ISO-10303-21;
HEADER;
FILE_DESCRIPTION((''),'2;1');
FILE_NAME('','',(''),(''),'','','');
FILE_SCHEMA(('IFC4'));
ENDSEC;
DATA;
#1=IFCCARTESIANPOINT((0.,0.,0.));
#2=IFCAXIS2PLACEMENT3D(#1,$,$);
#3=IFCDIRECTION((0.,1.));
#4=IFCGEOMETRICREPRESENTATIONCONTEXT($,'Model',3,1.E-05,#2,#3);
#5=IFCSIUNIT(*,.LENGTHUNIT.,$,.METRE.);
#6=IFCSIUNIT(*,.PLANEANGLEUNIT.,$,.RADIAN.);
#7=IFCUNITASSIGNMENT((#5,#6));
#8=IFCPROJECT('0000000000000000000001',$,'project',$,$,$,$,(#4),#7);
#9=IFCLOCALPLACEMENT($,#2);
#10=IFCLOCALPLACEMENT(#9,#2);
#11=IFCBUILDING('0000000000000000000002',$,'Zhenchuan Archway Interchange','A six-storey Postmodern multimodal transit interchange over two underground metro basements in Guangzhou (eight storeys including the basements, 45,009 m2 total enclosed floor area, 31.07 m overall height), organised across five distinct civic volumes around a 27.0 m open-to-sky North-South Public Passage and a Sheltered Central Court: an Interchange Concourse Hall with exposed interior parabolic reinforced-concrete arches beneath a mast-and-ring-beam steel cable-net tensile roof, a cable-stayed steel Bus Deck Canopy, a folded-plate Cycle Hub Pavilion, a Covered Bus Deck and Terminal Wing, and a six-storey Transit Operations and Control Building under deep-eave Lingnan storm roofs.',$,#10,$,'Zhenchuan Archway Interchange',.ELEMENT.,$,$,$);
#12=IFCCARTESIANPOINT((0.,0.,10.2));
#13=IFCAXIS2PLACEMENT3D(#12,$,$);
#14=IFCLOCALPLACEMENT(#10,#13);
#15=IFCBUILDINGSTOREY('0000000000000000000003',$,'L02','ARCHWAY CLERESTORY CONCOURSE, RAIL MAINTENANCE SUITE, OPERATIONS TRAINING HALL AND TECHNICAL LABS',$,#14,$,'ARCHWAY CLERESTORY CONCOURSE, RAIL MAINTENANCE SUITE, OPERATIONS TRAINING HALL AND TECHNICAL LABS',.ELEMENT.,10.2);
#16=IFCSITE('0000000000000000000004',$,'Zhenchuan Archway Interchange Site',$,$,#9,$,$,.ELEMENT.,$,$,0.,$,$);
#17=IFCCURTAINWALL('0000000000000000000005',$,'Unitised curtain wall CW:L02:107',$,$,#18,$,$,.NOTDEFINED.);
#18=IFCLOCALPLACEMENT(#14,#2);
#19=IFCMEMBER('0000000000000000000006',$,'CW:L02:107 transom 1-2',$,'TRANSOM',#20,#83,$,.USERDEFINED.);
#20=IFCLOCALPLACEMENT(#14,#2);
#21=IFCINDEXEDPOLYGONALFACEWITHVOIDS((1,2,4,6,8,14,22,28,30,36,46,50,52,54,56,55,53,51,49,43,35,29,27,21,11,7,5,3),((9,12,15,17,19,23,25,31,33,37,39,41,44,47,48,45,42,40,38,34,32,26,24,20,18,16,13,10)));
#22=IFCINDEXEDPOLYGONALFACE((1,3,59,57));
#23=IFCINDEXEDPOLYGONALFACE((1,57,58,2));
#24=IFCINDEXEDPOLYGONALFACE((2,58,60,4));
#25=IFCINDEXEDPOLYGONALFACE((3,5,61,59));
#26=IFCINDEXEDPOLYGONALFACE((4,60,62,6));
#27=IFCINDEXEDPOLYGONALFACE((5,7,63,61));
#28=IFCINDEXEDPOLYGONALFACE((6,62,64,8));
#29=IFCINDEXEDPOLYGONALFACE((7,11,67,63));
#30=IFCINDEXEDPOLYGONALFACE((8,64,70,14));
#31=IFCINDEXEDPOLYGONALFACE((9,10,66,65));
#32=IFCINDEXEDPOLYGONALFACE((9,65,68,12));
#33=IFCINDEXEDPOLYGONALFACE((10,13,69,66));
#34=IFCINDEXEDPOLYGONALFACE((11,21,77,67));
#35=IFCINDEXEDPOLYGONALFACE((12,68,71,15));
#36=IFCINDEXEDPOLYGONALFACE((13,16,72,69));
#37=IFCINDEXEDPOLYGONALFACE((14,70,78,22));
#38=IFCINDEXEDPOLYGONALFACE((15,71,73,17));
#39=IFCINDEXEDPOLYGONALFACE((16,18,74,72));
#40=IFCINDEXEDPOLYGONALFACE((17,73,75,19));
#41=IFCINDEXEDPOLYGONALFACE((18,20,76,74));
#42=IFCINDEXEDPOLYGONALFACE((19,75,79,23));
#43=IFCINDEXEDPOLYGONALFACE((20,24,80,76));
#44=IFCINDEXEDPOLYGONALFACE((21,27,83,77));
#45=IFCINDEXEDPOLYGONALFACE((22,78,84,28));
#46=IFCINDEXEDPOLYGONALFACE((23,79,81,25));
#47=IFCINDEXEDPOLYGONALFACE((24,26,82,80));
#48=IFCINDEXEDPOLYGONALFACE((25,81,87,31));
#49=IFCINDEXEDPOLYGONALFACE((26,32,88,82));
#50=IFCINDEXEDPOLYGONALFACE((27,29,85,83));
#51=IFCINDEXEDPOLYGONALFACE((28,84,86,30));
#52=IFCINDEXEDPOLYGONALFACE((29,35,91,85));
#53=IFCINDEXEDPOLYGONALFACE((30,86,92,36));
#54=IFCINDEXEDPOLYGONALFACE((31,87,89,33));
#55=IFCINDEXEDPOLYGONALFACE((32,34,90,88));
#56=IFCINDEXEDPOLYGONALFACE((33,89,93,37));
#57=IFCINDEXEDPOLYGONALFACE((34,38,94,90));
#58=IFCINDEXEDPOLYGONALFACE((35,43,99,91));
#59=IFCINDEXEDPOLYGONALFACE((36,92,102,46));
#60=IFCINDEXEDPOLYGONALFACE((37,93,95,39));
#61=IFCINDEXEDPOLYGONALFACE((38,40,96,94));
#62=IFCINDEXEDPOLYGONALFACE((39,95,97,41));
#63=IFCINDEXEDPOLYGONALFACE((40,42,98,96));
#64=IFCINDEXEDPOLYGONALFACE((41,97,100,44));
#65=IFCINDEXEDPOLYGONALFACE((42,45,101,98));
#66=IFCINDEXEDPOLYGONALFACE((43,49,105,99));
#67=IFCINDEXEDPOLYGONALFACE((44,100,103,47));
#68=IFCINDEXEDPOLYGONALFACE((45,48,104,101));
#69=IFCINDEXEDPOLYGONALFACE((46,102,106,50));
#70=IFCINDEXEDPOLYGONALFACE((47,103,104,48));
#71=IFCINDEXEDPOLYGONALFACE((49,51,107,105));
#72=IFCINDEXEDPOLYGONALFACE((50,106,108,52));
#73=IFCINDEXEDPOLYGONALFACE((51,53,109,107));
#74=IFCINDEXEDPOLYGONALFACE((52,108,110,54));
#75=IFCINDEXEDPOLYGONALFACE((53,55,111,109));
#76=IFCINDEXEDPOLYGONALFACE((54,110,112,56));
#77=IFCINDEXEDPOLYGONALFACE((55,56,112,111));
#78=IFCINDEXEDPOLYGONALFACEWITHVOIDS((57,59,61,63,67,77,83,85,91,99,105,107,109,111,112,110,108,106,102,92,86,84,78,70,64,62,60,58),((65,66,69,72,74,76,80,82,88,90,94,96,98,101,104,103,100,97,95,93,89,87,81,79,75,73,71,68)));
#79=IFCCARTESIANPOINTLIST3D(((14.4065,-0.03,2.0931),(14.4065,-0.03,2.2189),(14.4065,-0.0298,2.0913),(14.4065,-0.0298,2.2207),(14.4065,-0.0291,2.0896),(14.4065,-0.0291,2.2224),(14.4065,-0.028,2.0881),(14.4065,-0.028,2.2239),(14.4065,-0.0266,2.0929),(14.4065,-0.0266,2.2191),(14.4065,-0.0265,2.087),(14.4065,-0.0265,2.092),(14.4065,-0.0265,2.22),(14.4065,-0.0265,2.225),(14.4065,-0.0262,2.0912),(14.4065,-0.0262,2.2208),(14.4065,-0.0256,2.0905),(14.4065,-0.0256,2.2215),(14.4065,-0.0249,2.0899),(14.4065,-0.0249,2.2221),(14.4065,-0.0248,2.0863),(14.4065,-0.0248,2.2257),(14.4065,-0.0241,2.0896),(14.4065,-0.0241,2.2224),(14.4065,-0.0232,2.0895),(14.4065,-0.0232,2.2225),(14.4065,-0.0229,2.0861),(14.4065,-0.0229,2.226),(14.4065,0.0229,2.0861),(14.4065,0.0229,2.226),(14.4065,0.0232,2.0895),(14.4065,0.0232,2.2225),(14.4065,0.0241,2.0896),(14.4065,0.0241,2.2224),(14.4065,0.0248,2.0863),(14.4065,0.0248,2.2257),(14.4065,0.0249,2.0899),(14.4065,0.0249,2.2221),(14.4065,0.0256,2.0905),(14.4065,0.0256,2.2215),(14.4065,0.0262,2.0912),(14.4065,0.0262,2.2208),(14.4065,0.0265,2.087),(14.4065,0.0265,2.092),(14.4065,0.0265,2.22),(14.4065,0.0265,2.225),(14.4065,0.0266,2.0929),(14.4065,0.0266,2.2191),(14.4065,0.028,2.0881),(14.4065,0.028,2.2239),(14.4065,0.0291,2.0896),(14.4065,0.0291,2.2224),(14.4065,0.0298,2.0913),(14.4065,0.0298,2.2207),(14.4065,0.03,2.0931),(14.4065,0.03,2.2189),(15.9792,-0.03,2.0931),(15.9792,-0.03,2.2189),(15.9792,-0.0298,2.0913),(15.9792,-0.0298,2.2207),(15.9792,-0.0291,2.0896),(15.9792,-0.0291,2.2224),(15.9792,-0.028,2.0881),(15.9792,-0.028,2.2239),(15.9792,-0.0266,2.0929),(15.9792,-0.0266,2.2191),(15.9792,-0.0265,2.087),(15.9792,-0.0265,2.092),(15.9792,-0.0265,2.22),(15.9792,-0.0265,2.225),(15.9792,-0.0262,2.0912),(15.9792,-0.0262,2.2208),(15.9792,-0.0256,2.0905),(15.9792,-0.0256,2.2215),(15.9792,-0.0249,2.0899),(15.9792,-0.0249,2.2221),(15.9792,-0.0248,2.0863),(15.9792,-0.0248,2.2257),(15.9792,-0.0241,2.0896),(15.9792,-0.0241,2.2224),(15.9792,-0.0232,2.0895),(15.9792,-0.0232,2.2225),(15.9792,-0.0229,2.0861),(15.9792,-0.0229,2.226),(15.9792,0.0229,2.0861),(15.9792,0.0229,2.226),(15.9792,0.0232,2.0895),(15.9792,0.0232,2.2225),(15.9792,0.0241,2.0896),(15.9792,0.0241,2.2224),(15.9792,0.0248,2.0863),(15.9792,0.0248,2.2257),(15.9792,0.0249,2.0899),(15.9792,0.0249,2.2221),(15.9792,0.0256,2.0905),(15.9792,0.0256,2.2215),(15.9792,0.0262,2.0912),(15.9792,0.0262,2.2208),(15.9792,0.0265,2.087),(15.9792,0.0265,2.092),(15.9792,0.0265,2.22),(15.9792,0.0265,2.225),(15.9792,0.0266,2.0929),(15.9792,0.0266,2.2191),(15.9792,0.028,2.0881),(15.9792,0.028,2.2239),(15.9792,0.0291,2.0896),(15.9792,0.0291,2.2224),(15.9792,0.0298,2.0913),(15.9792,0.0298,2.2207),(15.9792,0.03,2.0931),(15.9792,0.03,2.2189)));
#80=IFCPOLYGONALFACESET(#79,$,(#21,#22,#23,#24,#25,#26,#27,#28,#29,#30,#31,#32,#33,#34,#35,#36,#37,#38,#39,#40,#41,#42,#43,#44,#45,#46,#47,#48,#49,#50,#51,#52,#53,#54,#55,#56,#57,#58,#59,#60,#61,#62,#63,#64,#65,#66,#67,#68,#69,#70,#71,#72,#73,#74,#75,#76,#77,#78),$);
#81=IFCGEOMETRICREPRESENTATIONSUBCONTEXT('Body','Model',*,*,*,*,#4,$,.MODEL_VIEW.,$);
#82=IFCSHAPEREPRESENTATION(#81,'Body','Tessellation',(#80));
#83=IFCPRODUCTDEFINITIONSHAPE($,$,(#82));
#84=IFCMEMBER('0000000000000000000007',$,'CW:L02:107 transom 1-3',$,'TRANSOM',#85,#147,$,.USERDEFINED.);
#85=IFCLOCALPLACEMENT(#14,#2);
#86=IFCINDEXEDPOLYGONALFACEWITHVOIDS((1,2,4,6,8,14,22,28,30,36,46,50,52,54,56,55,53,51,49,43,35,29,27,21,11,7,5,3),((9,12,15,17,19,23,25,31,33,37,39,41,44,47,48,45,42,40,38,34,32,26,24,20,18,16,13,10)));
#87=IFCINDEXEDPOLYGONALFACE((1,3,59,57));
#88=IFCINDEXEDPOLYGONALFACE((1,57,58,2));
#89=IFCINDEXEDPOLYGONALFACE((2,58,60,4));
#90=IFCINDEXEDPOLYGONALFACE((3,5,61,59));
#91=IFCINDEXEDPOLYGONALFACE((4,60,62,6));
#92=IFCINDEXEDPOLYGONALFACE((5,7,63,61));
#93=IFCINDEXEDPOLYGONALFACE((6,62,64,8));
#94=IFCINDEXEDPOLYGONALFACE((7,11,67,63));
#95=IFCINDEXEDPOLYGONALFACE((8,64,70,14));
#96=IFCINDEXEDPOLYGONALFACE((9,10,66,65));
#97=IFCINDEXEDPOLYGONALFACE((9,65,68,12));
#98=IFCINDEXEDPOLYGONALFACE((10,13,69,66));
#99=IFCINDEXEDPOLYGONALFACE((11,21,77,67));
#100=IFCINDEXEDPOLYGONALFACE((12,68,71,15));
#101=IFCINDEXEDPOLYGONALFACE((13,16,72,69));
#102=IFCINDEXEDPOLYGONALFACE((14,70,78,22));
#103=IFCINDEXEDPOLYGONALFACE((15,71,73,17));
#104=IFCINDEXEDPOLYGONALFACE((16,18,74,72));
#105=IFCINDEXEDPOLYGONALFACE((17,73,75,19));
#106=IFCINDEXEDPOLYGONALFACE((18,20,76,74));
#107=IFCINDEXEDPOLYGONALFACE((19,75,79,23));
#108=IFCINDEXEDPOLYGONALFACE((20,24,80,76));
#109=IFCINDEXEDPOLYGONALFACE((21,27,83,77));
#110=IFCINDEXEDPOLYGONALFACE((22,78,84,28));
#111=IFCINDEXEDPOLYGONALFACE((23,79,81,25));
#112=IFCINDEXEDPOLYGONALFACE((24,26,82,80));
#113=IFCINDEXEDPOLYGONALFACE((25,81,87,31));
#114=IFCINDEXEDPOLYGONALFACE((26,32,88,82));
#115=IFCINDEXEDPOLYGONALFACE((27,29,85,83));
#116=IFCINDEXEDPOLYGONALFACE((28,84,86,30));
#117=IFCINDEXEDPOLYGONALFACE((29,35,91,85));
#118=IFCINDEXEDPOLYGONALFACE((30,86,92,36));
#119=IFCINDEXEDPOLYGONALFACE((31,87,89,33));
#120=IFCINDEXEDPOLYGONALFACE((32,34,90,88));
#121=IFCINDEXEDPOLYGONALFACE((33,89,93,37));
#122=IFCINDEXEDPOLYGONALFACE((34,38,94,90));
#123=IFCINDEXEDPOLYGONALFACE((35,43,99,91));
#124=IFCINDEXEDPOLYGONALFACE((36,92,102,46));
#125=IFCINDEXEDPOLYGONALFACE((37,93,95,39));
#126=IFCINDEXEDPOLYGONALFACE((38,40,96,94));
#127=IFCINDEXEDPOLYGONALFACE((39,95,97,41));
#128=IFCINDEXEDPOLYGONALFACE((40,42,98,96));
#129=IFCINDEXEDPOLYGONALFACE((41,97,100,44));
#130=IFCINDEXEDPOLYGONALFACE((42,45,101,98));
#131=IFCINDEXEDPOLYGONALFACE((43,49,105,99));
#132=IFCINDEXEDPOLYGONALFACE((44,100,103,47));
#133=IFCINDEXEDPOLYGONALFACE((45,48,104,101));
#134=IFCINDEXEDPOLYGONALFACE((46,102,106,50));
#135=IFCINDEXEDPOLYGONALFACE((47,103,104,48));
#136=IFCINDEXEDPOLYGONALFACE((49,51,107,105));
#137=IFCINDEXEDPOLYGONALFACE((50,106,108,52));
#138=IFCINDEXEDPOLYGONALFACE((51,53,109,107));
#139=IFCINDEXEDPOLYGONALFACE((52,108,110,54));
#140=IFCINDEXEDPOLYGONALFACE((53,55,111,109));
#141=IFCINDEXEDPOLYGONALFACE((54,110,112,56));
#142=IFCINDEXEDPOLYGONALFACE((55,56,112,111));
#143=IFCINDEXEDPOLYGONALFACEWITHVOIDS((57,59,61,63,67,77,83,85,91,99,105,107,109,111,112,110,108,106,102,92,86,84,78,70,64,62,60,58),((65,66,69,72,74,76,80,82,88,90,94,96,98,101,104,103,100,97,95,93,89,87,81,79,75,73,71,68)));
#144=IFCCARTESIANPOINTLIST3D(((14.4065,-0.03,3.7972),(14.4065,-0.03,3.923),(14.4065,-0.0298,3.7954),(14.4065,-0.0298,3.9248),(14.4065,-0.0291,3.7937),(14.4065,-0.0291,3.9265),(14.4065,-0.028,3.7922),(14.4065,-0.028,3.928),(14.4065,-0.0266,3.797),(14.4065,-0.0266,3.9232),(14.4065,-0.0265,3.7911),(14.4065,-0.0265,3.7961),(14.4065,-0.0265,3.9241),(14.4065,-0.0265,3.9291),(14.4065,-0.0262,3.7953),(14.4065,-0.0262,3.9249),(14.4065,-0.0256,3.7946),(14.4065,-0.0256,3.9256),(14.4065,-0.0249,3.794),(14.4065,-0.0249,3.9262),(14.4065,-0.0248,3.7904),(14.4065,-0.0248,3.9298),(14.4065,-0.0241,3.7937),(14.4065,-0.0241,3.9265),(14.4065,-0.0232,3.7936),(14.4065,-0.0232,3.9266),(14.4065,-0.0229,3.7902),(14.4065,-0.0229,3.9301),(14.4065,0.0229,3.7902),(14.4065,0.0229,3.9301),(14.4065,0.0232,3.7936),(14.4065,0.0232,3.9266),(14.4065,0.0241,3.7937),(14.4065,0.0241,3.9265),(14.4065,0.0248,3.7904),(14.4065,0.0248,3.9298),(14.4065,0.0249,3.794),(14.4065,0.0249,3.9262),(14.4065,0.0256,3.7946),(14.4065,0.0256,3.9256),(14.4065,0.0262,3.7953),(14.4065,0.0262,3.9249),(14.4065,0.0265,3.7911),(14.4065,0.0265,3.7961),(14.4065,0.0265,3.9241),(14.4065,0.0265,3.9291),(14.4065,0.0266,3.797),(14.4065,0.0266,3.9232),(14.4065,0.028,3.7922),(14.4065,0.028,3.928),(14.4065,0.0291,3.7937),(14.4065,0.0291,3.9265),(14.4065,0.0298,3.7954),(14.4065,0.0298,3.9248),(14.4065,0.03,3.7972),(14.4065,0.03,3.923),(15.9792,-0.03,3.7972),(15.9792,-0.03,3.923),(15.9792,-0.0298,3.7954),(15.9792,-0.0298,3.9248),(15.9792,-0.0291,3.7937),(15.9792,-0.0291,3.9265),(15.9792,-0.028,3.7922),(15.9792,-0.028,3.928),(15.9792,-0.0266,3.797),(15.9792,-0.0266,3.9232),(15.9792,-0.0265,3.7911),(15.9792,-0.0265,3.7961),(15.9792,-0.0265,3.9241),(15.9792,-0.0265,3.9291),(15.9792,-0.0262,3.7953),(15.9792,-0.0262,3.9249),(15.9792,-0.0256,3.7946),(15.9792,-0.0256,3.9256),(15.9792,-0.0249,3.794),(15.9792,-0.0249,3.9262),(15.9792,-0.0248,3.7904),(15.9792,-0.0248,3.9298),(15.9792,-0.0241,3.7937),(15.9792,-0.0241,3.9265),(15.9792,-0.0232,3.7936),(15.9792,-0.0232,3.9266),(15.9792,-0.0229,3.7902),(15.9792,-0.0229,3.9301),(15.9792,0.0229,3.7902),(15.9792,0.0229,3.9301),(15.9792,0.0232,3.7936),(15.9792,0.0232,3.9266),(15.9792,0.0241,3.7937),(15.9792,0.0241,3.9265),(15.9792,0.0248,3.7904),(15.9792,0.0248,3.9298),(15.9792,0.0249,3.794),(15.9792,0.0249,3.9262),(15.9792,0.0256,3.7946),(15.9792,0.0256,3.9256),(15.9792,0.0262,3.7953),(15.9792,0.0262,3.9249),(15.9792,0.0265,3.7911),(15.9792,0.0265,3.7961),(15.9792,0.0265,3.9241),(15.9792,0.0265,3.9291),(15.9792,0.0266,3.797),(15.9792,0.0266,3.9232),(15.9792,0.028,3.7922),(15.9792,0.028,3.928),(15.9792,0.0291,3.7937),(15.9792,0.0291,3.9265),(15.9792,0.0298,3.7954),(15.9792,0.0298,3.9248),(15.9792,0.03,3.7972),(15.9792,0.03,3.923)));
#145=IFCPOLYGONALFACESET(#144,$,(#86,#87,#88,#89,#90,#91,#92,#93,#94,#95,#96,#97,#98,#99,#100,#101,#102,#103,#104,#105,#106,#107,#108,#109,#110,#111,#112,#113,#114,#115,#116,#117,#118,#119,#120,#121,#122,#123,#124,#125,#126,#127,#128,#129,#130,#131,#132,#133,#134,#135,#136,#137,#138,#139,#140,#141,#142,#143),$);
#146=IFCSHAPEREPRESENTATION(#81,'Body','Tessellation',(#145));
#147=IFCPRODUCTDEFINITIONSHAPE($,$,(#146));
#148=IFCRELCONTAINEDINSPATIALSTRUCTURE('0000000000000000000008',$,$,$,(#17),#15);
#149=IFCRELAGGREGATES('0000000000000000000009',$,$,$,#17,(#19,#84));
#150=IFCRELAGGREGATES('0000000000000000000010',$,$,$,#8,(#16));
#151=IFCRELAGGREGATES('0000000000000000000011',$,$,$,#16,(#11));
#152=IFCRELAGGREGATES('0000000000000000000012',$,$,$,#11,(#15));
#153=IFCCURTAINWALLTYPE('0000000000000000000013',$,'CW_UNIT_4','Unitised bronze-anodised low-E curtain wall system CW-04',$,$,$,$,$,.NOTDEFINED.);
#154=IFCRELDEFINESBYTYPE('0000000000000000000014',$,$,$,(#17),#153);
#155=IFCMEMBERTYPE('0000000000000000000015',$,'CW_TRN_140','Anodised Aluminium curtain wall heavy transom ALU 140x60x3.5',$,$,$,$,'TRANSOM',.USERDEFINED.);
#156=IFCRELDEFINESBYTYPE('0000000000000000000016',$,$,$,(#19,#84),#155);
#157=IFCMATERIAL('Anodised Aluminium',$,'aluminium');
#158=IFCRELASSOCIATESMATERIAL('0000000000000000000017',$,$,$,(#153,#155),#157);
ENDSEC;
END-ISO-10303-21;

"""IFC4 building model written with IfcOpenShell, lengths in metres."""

from ifc_helpers import new_model, si_unit, direction, frame, origin, origin_2d, place, context, subcontext, project, spatial, hollow_rectangle, extrude, material, material_profile, profile_set, type_object, element, aggregate, save


model = new_model("IFC4")

# Units and contexts
model_context = context("Model", 3, precision=1e-05, world=origin(), true_north=direction((0.0, 1.0)))
body_context = subcontext(model_context, "Body", "Model", "MODEL_VIEW")
ifc_project = project(units=[si_unit("LENGTHUNIT", "METRE"), si_unit("PLANEANGLEUNIT", "RADIAN")], contexts=[model_context])

# Site, building, storey
site_placement = place(None, origin())
site = spatial("IfcSite", under=ifc_project, at=site_placement, Name="Zhenchuan Archway Interchange Site", CompositionType="ELEMENT", RefElevation=0.0)
building_placement = place(site_placement, origin())
building = spatial("IfcBuilding", under=site, at=building_placement, Name="Zhenchuan Archway Interchange", Description="A six-storey Postmodern multimodal transit interchange over two underground metro basements in Guangzhou (eight storeys including the basements, 45,009 m2 total enclosed floor area, 31.07 m overall height), organised across five distinct civic volumes around a 27.0 m open-to-sky North-South Public Passage and a Sheltered Central Court: an Interchange Concourse Hall with exposed interior parabolic reinforced-concrete arches beneath a mast-and-ring-beam steel cable-net tensile roof, a cable-stayed steel Bus Deck Canopy, a folded-plate Cycle Hub Pavilion, a Covered Bus Deck and Terminal Wing, and a six-storey Transit Operations and Control Building under deep-eave Lingnan storm roofs.", LongName="Zhenchuan Archway Interchange", CompositionType="ELEMENT")
storey_placement = place(building_placement, frame((0.0, 0.0, 10.2)))
storey = spatial("IfcBuildingStorey", under=building, at=storey_placement, Name="L02", Description="ARCHWAY CLERESTORY CONCOURSE, RAIL MAINTENANCE SUITE, OPERATIONS TRAINING HALL AND TECHNICAL LABS", LongName="ARCHWAY CLERESTORY CONCOURSE, RAIL MAINTENANCE SUITE, OPERATIONS TRAINING HALL AND TECHNICAL LABS", CompositionType="ELEMENT", Elevation=10.2)

# Curtain wall, members
ifc_material_1 = material(Name="Anodised Aluminium", Category="aluminium")
curtain_wall_type = type_object("IfcCurtainWallType", Name="CW_UNIT_4", Description="Unitised bronze-anodised low-E curtain wall system CW-04", PredefinedType="NOTDEFINED", material=ifc_material_1)
curtain_wall_placement = place(storey_placement, origin())
curtain_wall = element("IfcCurtainWall", 1, at=curtain_wall_placement, inside=storey, type_object=curtain_wall_type, Name="Unitised curtain wall CW:L02:107", PredefinedType="NOTDEFINED")
ifc_material_profile_1 = material_profile(ifc_material_1, hollow_rectangle(XDim=0.0601, YDim=0.1399, WallThickness=0.0034, InnerFilletRadius=0.0034, OuterFilletRadius=0.0071, at=origin_2d()), Name="ALU 140x60x3.5")
ifc_profile_set_1 = profile_set([ifc_material_profile_1], Name="Anodised Aluminium")
member_type_1 = type_object("IfcMemberType", Name="CW_TRN_140", Description="Anodised Aluminium curtain wall heavy transom ALU 140x60x3.5", ElementType="TRANSOM", PredefinedType="USERDEFINED", material=ifc_profile_set_1)
member_1_placement = place(storey_placement, frame((15.9792, 0.0, 2.156), z_axis=(-1.0, 0.0, 0.0), x_axis=(0.0, -1.0, 0.0)))
member_1 = element("IfcMember", 2, at=member_1_placement, type_object=member_type_1, Name="CW:L02:107 transom 1-2", ObjectType="TRANSOM", PredefinedType="USERDEFINED", context=body_context, shape_type="SweptSolid", body=[
    extrude(hollow_rectangle(XDim=0.0601, YDim=0.1399, WallThickness=0.0034, InnerFilletRadius=0.0034, OuterFilletRadius=0.0071, at=origin_2d()), origin(), (0.0, 0.0, 1.0), 1.5728),
])
member_2_placement = place(storey_placement, frame((15.9792, 0.0, 3.8601), z_axis=(-1.0, 0.0, 0.0), x_axis=(0.0, -1.0, 0.0)))
member_2 = element("IfcMember", 3, at=member_2_placement, type_object=member_type_1, Name="CW:L02:107 transom 1-3", ObjectType="TRANSOM", PredefinedType="USERDEFINED", context=body_context, shape_type="SweptSolid", body=[
    extrude(hollow_rectangle(XDim=0.0601, YDim=0.1399, WallThickness=0.0034, InnerFilletRadius=0.0034, OuterFilletRadius=0.0071, at=origin_2d()), origin(), (0.0, 0.0, 1.0), 1.5728),
])

aggregate(curtain_wall, [member_1, member_2])

save(model, "model.ifc")
